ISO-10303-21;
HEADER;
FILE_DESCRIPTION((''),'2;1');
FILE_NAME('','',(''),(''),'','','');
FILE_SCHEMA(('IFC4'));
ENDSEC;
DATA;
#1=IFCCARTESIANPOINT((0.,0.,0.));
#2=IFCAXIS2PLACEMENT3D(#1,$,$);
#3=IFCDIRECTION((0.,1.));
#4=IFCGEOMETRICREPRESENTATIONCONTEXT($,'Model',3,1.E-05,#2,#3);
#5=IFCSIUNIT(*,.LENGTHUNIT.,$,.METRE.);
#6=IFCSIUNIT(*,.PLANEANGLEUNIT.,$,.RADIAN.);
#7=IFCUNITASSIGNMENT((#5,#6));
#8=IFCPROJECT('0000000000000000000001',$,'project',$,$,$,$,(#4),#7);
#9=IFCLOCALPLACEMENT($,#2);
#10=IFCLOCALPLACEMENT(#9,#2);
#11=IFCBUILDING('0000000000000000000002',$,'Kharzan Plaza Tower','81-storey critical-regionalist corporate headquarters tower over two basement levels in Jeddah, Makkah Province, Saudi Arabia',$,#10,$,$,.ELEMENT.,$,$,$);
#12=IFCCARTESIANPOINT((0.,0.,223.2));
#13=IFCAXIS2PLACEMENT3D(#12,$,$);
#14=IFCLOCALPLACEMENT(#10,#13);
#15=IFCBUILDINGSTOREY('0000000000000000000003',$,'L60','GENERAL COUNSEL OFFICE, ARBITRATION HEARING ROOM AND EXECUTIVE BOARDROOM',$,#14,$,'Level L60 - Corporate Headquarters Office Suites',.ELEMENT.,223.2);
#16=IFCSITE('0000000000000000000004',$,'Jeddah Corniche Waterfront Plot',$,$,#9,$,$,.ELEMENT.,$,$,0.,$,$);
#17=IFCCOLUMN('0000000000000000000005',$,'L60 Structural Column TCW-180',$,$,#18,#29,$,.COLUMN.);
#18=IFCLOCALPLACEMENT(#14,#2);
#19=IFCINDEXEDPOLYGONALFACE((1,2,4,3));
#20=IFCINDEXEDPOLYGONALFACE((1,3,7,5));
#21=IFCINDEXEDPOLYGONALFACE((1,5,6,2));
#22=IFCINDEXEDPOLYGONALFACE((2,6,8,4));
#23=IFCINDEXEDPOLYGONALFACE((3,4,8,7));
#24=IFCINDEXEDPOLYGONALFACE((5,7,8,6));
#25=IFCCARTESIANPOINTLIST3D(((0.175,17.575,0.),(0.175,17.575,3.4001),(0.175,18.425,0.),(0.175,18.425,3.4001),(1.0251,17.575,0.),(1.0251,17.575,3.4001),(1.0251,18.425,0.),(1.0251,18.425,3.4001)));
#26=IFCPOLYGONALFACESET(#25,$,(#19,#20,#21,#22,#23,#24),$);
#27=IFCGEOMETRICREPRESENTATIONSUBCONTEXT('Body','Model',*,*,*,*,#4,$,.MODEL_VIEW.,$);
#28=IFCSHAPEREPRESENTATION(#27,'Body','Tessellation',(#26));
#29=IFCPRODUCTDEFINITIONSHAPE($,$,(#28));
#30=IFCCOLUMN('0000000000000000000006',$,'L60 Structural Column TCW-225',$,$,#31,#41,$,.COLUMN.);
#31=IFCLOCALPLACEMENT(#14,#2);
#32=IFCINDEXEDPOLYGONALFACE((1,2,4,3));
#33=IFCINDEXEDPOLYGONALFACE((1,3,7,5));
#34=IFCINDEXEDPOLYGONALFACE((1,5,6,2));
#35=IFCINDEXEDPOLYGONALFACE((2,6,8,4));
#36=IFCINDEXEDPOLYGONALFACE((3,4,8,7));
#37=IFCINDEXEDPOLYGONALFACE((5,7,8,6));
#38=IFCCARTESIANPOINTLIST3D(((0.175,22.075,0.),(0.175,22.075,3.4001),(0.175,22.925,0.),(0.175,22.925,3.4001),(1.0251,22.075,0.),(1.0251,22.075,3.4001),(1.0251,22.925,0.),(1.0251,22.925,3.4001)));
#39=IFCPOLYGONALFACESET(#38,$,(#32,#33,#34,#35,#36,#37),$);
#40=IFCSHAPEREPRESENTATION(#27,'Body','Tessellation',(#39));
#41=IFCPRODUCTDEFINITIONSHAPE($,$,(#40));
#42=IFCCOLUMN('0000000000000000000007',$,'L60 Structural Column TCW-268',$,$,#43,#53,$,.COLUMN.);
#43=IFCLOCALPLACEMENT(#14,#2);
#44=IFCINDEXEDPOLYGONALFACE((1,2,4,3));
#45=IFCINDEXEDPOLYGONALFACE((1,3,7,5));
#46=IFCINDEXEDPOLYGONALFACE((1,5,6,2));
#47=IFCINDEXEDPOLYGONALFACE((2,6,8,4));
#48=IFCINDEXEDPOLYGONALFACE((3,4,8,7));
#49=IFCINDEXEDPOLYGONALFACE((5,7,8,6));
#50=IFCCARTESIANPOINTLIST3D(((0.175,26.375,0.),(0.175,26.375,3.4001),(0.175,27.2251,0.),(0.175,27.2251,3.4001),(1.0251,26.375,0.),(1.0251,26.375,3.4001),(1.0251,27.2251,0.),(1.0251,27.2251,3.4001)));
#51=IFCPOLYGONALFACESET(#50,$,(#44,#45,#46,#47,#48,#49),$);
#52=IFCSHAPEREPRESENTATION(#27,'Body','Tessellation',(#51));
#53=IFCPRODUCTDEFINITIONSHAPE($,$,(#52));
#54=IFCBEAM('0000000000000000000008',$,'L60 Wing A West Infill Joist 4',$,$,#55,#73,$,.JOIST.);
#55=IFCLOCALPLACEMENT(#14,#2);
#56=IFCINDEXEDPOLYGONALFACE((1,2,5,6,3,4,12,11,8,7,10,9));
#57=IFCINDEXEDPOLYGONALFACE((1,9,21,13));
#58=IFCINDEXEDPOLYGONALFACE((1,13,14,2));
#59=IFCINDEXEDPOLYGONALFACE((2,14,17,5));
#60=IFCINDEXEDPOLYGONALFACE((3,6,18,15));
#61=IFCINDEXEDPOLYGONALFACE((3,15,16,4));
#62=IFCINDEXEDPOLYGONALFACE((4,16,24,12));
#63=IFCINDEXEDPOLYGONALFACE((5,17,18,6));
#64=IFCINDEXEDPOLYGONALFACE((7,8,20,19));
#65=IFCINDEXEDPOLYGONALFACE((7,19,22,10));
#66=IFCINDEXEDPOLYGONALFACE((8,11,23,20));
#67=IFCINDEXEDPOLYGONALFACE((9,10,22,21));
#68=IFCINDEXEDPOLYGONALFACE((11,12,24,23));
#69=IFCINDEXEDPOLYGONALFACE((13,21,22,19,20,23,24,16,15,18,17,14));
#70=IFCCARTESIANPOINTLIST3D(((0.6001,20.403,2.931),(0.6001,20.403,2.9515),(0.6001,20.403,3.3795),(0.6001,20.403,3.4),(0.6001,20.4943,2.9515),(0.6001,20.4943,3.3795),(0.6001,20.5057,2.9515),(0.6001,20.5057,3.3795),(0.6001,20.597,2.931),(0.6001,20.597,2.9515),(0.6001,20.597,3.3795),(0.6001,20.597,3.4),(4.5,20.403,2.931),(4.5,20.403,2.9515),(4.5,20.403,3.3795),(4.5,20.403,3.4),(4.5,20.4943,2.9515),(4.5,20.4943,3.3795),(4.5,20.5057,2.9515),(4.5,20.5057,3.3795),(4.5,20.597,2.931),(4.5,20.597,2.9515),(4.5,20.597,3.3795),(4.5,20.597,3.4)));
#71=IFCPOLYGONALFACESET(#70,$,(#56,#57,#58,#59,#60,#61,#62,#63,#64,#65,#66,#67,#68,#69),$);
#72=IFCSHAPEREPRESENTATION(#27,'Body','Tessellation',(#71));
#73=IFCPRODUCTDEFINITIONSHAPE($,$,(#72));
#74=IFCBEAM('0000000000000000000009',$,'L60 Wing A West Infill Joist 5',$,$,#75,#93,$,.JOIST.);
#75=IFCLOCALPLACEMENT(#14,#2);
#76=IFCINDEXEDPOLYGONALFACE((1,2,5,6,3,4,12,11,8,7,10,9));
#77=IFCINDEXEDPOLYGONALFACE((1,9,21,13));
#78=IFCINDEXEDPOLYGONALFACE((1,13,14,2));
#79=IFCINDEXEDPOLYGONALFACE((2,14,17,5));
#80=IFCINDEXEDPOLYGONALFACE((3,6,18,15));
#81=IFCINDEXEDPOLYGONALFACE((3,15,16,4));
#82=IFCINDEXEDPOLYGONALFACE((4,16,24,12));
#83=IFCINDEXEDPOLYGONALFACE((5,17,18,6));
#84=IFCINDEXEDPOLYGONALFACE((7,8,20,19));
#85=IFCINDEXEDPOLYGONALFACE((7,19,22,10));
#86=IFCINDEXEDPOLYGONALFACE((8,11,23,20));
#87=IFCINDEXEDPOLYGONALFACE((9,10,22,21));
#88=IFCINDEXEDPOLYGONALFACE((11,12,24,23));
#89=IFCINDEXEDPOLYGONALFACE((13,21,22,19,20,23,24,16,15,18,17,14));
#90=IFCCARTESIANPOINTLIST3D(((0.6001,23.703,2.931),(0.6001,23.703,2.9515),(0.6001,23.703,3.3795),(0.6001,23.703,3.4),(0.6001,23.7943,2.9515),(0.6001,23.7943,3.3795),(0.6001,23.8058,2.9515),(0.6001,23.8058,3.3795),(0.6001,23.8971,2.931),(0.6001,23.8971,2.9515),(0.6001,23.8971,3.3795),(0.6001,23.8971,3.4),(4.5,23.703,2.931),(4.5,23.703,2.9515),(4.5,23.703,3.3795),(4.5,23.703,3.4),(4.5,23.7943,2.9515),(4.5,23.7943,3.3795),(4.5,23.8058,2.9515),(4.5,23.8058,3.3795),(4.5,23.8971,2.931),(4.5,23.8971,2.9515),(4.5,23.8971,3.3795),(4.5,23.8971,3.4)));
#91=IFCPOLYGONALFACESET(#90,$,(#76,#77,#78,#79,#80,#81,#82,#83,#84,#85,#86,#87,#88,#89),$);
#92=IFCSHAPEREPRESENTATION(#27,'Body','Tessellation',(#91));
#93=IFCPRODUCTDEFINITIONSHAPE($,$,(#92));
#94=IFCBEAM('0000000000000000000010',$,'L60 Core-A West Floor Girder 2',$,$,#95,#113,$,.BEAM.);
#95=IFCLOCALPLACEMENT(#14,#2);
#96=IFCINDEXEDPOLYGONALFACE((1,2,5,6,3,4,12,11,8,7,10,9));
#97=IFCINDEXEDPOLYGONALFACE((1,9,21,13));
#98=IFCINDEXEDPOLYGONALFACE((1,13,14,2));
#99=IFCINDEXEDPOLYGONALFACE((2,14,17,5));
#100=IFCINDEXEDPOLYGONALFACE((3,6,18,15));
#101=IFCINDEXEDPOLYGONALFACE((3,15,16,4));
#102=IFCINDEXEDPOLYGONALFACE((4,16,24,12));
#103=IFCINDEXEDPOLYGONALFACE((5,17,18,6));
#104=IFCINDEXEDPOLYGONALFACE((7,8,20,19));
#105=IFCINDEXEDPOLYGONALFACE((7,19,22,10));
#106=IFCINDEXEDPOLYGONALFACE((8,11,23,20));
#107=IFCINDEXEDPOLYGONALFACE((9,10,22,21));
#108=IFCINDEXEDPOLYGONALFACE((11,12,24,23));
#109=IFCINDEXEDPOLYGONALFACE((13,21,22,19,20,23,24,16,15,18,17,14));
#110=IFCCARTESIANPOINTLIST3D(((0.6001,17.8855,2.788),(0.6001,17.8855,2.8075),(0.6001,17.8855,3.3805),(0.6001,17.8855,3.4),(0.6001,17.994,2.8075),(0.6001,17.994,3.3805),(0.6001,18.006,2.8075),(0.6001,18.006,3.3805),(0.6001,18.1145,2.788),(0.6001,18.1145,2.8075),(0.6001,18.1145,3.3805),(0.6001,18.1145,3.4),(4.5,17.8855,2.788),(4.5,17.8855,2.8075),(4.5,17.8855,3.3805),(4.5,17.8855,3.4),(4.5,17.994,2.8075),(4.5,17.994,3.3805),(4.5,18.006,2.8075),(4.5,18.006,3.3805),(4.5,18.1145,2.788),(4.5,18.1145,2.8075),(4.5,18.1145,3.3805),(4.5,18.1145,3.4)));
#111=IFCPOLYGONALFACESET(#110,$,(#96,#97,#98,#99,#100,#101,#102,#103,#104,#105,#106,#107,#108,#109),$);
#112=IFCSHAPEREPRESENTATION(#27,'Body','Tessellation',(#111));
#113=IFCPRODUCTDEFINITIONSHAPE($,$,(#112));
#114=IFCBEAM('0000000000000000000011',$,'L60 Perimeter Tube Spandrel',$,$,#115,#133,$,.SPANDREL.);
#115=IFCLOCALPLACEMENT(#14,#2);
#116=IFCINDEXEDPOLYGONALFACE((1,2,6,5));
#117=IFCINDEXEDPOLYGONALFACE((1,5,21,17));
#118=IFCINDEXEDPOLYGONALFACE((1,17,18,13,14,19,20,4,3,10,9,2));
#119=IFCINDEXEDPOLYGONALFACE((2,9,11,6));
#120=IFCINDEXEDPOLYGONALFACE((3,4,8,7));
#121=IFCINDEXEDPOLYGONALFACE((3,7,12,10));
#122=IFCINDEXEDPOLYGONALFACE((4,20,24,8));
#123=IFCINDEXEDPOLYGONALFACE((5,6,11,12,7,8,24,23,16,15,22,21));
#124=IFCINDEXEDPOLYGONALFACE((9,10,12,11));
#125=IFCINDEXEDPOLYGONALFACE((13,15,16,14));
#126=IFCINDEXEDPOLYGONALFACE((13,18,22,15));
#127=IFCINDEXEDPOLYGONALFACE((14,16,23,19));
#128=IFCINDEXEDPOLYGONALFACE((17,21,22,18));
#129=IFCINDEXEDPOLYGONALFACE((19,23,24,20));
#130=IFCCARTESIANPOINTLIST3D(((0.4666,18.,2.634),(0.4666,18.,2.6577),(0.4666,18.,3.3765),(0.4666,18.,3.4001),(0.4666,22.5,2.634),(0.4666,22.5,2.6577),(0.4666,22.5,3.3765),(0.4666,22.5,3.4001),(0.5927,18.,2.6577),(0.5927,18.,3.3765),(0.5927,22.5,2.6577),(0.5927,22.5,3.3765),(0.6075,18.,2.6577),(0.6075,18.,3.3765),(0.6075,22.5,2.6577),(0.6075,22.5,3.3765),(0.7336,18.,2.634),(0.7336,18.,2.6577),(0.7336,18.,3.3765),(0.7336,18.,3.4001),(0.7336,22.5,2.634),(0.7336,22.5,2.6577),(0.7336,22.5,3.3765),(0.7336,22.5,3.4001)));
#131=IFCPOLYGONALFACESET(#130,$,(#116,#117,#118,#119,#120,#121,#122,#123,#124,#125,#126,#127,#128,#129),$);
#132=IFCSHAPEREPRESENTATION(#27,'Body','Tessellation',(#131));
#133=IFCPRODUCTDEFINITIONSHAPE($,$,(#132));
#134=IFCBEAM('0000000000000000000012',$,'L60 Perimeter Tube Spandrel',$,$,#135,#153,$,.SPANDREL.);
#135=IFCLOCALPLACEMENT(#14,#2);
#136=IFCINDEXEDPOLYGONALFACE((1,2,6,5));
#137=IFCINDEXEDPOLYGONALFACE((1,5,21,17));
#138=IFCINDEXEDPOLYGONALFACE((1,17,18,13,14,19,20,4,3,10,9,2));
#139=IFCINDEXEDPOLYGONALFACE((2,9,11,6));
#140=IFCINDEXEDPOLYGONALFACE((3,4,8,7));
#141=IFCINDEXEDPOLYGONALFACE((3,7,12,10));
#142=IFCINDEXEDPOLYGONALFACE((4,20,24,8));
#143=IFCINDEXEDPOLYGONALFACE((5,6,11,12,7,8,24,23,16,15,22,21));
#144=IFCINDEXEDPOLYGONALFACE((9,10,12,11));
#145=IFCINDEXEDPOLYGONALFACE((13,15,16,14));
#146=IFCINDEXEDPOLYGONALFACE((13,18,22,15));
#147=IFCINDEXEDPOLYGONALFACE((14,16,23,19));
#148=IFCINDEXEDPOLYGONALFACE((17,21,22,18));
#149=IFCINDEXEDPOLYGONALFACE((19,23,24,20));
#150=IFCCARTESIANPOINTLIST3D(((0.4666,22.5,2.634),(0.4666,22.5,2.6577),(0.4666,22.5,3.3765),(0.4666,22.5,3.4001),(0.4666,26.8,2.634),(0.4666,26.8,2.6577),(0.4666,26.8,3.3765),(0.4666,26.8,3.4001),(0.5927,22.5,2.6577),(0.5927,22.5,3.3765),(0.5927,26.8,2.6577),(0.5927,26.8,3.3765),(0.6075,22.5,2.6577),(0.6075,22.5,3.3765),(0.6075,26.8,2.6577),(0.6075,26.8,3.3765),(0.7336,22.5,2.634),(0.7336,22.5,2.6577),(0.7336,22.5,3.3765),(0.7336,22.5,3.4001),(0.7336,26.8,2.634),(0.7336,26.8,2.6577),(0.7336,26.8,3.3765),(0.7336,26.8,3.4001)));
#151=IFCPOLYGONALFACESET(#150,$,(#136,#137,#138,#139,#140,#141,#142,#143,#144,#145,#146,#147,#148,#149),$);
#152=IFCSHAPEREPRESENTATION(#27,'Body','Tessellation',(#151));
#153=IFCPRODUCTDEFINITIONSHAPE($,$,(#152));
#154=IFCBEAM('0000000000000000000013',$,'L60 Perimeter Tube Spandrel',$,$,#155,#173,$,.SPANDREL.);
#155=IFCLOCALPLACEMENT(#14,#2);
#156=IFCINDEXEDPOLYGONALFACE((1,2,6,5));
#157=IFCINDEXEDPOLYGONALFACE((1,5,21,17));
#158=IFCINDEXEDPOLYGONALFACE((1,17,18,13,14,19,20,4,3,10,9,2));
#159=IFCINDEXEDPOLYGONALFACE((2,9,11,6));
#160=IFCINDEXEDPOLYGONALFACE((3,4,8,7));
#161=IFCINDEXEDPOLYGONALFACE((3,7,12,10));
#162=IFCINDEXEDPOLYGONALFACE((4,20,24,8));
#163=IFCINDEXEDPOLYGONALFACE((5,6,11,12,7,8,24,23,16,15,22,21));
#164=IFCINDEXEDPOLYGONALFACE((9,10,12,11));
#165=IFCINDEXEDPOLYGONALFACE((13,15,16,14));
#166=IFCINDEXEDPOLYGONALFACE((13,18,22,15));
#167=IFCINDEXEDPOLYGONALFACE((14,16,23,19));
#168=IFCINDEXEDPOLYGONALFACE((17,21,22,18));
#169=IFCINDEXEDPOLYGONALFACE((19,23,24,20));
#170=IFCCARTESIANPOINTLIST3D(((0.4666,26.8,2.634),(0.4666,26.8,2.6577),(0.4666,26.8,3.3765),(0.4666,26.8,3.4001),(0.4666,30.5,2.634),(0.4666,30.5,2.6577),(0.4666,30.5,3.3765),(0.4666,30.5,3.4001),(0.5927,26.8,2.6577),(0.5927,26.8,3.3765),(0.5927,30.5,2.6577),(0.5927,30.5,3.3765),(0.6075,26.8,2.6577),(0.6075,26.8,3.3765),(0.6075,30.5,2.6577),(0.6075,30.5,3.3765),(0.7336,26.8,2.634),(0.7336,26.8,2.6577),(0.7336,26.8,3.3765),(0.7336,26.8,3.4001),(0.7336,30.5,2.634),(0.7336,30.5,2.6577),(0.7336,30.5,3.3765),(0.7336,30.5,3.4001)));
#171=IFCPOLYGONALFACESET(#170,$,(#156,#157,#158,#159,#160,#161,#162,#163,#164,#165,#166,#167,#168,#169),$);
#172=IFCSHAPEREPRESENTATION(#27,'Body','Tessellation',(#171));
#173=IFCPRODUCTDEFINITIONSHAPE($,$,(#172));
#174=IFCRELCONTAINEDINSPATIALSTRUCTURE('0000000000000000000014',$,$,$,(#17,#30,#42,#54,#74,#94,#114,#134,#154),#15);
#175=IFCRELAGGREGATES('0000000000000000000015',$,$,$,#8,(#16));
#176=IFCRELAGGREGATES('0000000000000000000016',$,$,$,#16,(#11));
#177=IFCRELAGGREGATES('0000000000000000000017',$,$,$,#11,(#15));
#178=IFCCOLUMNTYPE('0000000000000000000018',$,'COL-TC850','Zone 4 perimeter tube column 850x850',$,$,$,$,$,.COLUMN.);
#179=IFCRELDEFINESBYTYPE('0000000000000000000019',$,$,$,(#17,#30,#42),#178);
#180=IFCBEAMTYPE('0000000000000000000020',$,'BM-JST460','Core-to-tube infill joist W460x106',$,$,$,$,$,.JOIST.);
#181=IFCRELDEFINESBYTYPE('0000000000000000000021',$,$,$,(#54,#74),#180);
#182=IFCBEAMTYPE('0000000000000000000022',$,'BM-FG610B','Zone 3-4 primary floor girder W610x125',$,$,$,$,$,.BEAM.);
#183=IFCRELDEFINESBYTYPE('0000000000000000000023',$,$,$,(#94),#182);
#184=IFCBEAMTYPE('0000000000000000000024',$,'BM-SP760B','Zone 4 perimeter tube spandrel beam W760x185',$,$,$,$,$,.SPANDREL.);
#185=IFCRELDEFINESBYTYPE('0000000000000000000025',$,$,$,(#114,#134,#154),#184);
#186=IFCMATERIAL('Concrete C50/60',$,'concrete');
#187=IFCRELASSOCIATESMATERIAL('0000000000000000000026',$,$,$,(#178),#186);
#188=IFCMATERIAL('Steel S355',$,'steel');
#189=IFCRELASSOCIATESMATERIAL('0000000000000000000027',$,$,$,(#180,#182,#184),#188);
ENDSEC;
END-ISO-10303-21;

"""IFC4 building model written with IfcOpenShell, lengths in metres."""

from ifc_helpers import new_model, si_unit, direction, frame, origin, origin_2d, place, context, subcontext, project, spatial, rectangle, i_section, extrude, source, transform, mapped, material, material_profile, profile_set, type_object, element, save


model = new_model("IFC4")

# Units and contexts
model_context = context("Model", 3, precision=1e-05, world=origin(), true_north=direction((0.0, 1.0)))
body_context = subcontext(model_context, "Body", "Model", "MODEL_VIEW")
ifc_project = project(units=[si_unit("LENGTHUNIT", "METRE"), si_unit("PLANEANGLEUNIT", "RADIAN")], contexts=[model_context])

# Site, building, storey
site_placement = place(None, origin())
site = spatial("IfcSite", under=ifc_project, at=site_placement, Name="Jeddah Corniche Waterfront Plot", CompositionType="ELEMENT", RefElevation=0.0)
building_placement = place(site_placement, origin())
building = spatial("IfcBuilding", under=site, at=building_placement, Name="Kharzan Plaza Tower", Description="81-storey critical-regionalist corporate headquarters tower over two basement levels in Jeddah, Makkah Province, Saudi Arabia", CompositionType="ELEMENT")
storey_placement = place(building_placement, frame((0.0, 0.0, 223.2)))
storey = spatial("IfcBuildingStorey", under=building, at=storey_placement, Name="L60", Description="GENERAL COUNSEL OFFICE, ARBITRATION HEARING ROOM AND EXECUTIVE BOARDROOM", LongName="Level L60 - Corporate Headquarters Office Suites", CompositionType="ELEMENT", Elevation=223.2)

# Columns
ifc_material_1 = material(Name="Concrete C50/60", Category="concrete")
ifc_material_profile_1 = material_profile(ifc_material_1, rectangle(XDim=0.8501, YDim=0.8501, at=origin_2d()), Name="RC-TC850x850")
ifc_profile_set_1 = profile_set([ifc_material_profile_1], Name="Concrete C50/60")
column_type = type_object("IfcColumnType", Name="COL-TC850", Description="Zone 4 perimeter tube column 850x850", PredefinedType="COLUMN", material=ifc_profile_set_1)
shared_shape_1 = source(origin(), body_context, "Body", "SweptSolid", [
    extrude(rectangle(XDim=0.8501, YDim=0.8501, at=origin_2d()), origin(), (0.0, 0.0, 1.0), 3.4001),
])
for number, where, z_axis, x_axis, name in (
    (1, (0.6001, 18.0, 0.0), (0.0, 0.0, 1.0), (1.0, 0.0, 0.0), "L60 Structural Column TCW-180"),
    (2, (0.6001, 22.5, 0.0), (0.0, 0.0, 1.0), (1.0, 0.0, 0.0), "L60 Structural Column TCW-225"),
    (3, (0.6001, 26.8, 0.0), (0.0, 0.0, 1.0), (1.0, 0.0, 0.0), "L60 Structural Column TCW-268"),
):
    element("IfcColumn", number, at=place(storey_placement, frame(where, z_axis=z_axis, x_axis=x_axis)), inside=storey, type_object=column_type, Name=name, PredefinedType="COLUMN", context=body_context, shape_type="MappedRepresentation", body=[
        mapped(shared_shape_1, transform((0.0, 0.0, 0.0), x_axis=(1.0, 0.0, 0.0), y_axis=(0.0, 1.0, 0.0), z_axis=(0.0, 0.0, 1.0))),
    ])

# Beams
ifc_material_2 = material(Name="Steel S355", Category="steel")
ifc_material_profile_2 = material_profile(ifc_material_2, i_section(OverallWidth=0.1941, OverallDepth=0.469, WebThickness=0.0115, FlangeThickness=0.0205, at=origin_2d()), Name="W460x106")
ifc_profile_set_2 = profile_set([ifc_material_profile_2], Name="Steel S355")
beam_type_1 = type_object("IfcBeamType", Name="BM-JST460", Description="Core-to-tube infill joist W460x106", PredefinedType="JOIST", material=ifc_profile_set_2)
shared_shape_2 = source(origin(), body_context, "Body", "SweptSolid", [
    extrude(i_section(OverallWidth=0.1941, OverallDepth=0.469, WebThickness=0.0115, FlangeThickness=0.0205, at=origin_2d()), origin(), (0.0, 0.0, 1.0), 3.8999),
])
for number, where, z_axis, x_axis, name in (
    (4, (0.6001, 20.5, 3.1655), (1.0, 0.0, 0.0), (0.0, 1.0, 0.0), "L60 Wing A West Infill Joist 4"),
    (5, (0.6001, 23.8, 3.1655), (1.0, 0.0, 0.0), (0.0, 1.0, 0.0), "L60 Wing A West Infill Joist 5"),
):
    element("IfcBeam", number, at=place(storey_placement, frame(where, z_axis=z_axis, x_axis=x_axis)), inside=storey, type_object=beam_type_1, Name=name, PredefinedType="JOIST", context=body_context, shape_type="MappedRepresentation", body=[
        mapped(shared_shape_2, transform((0.0, 0.0, 0.0), x_axis=(1.0, 0.0, 0.0), y_axis=(0.0, 1.0, 0.0), z_axis=(0.0, 0.0, 1.0))),
    ])
ifc_material_profile_3 = material_profile(ifc_material_2, i_section(OverallWidth=0.229, OverallDepth=0.6121, WebThickness=0.012, FlangeThickness=0.0195, at=origin_2d()), Name="W610x125")
ifc_profile_set_3 = profile_set([ifc_material_profile_3], Name="Steel S355")
beam_type_2 = type_object("IfcBeamType", Name="BM-FG610B", Description="Zone 3-4 primary floor girder W610x125", PredefinedType="BEAM", material=ifc_profile_set_3)
shared_shape_3 = source(origin(), body_context, "Body", "SweptSolid", [
    extrude(i_section(OverallWidth=0.229, OverallDepth=0.6121, WebThickness=0.012, FlangeThickness=0.0195, at=origin_2d()), origin(), (0.0, 0.0, 1.0), 3.8999),
])
beam_1_placement = place(storey_placement, frame((0.6001, 18.0, 3.094), z_axis=(1.0, 0.0, 0.0), x_axis=(0.0, 1.0, 0.0)))
element("IfcBeam", 6, at=beam_1_placement, inside=storey, type_object=beam_type_2, Name="L60 Core-A West Floor Girder 2", PredefinedType="BEAM", context=body_context, shape_type="MappedRepresentation", body=[
    mapped(shared_shape_3, transform((0.0, 0.0, 0.0), x_axis=(1.0, 0.0, 0.0), y_axis=(0.0, 1.0, 0.0), z_axis=(0.0, 0.0, 1.0))),
])
ifc_material_profile_4 = material_profile(ifc_material_2, i_section(OverallWidth=0.2671, OverallDepth=0.7661, WebThickness=0.0149, FlangeThickness=0.0237, at=origin_2d()), Name="W760x185")
ifc_profile_set_4 = profile_set([ifc_material_profile_4], Name="Steel S355")
beam_type_3 = type_object("IfcBeamType", Name="BM-SP760B", Description="Zone 4 perimeter tube spandrel beam W760x185", PredefinedType="SPANDREL", material=ifc_profile_set_4)
shared_shape_4 = source(origin(), body_context, "Body", "SweptSolid", [
    extrude(i_section(OverallWidth=0.2671, OverallDepth=0.7661, WebThickness=0.0149, FlangeThickness=0.0237, at=origin_2d()), origin(), (0.0, 0.0, 1.0), 4.5),
])
beam_2_placement = place(storey_placement, frame((0.6001, 18.0, 3.0171), z_axis=(0.0, 1.0, 0.0), x_axis=(-1.0, 0.0, 0.0)))
element("IfcBeam", 7, at=beam_2_placement, inside=storey, type_object=beam_type_3, Name="L60 Perimeter Tube Spandrel", PredefinedType="SPANDREL", context=body_context, shape_type="MappedRepresentation", body=[
    mapped(shared_shape_4, transform((0.0, 0.0, 0.0), x_axis=(1.0, 0.0, 0.0), y_axis=(0.0, 1.0, 0.0), z_axis=(0.0, 0.0, 1.0))),
])
shared_shape_5 = source(origin(), body_context, "Body", "SweptSolid", [
    extrude(i_section(OverallWidth=0.2671, OverallDepth=0.7661, WebThickness=0.0149, FlangeThickness=0.0237, at=origin_2d()), origin(), (0.0, 0.0, 1.0), 4.3),
])
beam_3_placement = place(storey_placement, frame((0.6001, 22.5, 3.0171), z_axis=(0.0, 1.0, 0.0), x_axis=(-1.0, 0.0, 0.0)))
element("IfcBeam", 8, at=beam_3_placement, inside=storey, type_object=beam_type_3, Name="L60 Perimeter Tube Spandrel", PredefinedType="SPANDREL", context=body_context, shape_type="MappedRepresentation", body=[
    mapped(shared_shape_5, transform((0.0, 0.0, 0.0), x_axis=(1.0, 0.0, 0.0), y_axis=(0.0, 1.0, 0.0), z_axis=(0.0, 0.0, 1.0))),
])
shared_shape_6 = source(origin(), body_context, "Body", "SweptSolid", [
    extrude(i_section(OverallWidth=0.2671, OverallDepth=0.7661, WebThickness=0.0149, FlangeThickness=0.0237, at=origin_2d()), origin(), (0.0, 0.0, 1.0), 3.7),
])
beam_4_placement = place(storey_placement, frame((0.6001, 26.8, 3.0171), z_axis=(0.0, 1.0, 0.0), x_axis=(-1.0, 0.0, 0.0)))
element("IfcBeam", 9, at=beam_4_placement, inside=storey, type_object=beam_type_3, Name="L60 Perimeter Tube Spandrel", PredefinedType="SPANDREL", context=body_context, shape_type="MappedRepresentation", body=[
    mapped(shared_shape_6, transform((0.0, 0.0, 0.0), x_axis=(1.0, 0.0, 0.0), y_axis=(0.0, 1.0, 0.0), z_axis=(0.0, 0.0, 1.0))),
])

save(model, "model.ifc")
